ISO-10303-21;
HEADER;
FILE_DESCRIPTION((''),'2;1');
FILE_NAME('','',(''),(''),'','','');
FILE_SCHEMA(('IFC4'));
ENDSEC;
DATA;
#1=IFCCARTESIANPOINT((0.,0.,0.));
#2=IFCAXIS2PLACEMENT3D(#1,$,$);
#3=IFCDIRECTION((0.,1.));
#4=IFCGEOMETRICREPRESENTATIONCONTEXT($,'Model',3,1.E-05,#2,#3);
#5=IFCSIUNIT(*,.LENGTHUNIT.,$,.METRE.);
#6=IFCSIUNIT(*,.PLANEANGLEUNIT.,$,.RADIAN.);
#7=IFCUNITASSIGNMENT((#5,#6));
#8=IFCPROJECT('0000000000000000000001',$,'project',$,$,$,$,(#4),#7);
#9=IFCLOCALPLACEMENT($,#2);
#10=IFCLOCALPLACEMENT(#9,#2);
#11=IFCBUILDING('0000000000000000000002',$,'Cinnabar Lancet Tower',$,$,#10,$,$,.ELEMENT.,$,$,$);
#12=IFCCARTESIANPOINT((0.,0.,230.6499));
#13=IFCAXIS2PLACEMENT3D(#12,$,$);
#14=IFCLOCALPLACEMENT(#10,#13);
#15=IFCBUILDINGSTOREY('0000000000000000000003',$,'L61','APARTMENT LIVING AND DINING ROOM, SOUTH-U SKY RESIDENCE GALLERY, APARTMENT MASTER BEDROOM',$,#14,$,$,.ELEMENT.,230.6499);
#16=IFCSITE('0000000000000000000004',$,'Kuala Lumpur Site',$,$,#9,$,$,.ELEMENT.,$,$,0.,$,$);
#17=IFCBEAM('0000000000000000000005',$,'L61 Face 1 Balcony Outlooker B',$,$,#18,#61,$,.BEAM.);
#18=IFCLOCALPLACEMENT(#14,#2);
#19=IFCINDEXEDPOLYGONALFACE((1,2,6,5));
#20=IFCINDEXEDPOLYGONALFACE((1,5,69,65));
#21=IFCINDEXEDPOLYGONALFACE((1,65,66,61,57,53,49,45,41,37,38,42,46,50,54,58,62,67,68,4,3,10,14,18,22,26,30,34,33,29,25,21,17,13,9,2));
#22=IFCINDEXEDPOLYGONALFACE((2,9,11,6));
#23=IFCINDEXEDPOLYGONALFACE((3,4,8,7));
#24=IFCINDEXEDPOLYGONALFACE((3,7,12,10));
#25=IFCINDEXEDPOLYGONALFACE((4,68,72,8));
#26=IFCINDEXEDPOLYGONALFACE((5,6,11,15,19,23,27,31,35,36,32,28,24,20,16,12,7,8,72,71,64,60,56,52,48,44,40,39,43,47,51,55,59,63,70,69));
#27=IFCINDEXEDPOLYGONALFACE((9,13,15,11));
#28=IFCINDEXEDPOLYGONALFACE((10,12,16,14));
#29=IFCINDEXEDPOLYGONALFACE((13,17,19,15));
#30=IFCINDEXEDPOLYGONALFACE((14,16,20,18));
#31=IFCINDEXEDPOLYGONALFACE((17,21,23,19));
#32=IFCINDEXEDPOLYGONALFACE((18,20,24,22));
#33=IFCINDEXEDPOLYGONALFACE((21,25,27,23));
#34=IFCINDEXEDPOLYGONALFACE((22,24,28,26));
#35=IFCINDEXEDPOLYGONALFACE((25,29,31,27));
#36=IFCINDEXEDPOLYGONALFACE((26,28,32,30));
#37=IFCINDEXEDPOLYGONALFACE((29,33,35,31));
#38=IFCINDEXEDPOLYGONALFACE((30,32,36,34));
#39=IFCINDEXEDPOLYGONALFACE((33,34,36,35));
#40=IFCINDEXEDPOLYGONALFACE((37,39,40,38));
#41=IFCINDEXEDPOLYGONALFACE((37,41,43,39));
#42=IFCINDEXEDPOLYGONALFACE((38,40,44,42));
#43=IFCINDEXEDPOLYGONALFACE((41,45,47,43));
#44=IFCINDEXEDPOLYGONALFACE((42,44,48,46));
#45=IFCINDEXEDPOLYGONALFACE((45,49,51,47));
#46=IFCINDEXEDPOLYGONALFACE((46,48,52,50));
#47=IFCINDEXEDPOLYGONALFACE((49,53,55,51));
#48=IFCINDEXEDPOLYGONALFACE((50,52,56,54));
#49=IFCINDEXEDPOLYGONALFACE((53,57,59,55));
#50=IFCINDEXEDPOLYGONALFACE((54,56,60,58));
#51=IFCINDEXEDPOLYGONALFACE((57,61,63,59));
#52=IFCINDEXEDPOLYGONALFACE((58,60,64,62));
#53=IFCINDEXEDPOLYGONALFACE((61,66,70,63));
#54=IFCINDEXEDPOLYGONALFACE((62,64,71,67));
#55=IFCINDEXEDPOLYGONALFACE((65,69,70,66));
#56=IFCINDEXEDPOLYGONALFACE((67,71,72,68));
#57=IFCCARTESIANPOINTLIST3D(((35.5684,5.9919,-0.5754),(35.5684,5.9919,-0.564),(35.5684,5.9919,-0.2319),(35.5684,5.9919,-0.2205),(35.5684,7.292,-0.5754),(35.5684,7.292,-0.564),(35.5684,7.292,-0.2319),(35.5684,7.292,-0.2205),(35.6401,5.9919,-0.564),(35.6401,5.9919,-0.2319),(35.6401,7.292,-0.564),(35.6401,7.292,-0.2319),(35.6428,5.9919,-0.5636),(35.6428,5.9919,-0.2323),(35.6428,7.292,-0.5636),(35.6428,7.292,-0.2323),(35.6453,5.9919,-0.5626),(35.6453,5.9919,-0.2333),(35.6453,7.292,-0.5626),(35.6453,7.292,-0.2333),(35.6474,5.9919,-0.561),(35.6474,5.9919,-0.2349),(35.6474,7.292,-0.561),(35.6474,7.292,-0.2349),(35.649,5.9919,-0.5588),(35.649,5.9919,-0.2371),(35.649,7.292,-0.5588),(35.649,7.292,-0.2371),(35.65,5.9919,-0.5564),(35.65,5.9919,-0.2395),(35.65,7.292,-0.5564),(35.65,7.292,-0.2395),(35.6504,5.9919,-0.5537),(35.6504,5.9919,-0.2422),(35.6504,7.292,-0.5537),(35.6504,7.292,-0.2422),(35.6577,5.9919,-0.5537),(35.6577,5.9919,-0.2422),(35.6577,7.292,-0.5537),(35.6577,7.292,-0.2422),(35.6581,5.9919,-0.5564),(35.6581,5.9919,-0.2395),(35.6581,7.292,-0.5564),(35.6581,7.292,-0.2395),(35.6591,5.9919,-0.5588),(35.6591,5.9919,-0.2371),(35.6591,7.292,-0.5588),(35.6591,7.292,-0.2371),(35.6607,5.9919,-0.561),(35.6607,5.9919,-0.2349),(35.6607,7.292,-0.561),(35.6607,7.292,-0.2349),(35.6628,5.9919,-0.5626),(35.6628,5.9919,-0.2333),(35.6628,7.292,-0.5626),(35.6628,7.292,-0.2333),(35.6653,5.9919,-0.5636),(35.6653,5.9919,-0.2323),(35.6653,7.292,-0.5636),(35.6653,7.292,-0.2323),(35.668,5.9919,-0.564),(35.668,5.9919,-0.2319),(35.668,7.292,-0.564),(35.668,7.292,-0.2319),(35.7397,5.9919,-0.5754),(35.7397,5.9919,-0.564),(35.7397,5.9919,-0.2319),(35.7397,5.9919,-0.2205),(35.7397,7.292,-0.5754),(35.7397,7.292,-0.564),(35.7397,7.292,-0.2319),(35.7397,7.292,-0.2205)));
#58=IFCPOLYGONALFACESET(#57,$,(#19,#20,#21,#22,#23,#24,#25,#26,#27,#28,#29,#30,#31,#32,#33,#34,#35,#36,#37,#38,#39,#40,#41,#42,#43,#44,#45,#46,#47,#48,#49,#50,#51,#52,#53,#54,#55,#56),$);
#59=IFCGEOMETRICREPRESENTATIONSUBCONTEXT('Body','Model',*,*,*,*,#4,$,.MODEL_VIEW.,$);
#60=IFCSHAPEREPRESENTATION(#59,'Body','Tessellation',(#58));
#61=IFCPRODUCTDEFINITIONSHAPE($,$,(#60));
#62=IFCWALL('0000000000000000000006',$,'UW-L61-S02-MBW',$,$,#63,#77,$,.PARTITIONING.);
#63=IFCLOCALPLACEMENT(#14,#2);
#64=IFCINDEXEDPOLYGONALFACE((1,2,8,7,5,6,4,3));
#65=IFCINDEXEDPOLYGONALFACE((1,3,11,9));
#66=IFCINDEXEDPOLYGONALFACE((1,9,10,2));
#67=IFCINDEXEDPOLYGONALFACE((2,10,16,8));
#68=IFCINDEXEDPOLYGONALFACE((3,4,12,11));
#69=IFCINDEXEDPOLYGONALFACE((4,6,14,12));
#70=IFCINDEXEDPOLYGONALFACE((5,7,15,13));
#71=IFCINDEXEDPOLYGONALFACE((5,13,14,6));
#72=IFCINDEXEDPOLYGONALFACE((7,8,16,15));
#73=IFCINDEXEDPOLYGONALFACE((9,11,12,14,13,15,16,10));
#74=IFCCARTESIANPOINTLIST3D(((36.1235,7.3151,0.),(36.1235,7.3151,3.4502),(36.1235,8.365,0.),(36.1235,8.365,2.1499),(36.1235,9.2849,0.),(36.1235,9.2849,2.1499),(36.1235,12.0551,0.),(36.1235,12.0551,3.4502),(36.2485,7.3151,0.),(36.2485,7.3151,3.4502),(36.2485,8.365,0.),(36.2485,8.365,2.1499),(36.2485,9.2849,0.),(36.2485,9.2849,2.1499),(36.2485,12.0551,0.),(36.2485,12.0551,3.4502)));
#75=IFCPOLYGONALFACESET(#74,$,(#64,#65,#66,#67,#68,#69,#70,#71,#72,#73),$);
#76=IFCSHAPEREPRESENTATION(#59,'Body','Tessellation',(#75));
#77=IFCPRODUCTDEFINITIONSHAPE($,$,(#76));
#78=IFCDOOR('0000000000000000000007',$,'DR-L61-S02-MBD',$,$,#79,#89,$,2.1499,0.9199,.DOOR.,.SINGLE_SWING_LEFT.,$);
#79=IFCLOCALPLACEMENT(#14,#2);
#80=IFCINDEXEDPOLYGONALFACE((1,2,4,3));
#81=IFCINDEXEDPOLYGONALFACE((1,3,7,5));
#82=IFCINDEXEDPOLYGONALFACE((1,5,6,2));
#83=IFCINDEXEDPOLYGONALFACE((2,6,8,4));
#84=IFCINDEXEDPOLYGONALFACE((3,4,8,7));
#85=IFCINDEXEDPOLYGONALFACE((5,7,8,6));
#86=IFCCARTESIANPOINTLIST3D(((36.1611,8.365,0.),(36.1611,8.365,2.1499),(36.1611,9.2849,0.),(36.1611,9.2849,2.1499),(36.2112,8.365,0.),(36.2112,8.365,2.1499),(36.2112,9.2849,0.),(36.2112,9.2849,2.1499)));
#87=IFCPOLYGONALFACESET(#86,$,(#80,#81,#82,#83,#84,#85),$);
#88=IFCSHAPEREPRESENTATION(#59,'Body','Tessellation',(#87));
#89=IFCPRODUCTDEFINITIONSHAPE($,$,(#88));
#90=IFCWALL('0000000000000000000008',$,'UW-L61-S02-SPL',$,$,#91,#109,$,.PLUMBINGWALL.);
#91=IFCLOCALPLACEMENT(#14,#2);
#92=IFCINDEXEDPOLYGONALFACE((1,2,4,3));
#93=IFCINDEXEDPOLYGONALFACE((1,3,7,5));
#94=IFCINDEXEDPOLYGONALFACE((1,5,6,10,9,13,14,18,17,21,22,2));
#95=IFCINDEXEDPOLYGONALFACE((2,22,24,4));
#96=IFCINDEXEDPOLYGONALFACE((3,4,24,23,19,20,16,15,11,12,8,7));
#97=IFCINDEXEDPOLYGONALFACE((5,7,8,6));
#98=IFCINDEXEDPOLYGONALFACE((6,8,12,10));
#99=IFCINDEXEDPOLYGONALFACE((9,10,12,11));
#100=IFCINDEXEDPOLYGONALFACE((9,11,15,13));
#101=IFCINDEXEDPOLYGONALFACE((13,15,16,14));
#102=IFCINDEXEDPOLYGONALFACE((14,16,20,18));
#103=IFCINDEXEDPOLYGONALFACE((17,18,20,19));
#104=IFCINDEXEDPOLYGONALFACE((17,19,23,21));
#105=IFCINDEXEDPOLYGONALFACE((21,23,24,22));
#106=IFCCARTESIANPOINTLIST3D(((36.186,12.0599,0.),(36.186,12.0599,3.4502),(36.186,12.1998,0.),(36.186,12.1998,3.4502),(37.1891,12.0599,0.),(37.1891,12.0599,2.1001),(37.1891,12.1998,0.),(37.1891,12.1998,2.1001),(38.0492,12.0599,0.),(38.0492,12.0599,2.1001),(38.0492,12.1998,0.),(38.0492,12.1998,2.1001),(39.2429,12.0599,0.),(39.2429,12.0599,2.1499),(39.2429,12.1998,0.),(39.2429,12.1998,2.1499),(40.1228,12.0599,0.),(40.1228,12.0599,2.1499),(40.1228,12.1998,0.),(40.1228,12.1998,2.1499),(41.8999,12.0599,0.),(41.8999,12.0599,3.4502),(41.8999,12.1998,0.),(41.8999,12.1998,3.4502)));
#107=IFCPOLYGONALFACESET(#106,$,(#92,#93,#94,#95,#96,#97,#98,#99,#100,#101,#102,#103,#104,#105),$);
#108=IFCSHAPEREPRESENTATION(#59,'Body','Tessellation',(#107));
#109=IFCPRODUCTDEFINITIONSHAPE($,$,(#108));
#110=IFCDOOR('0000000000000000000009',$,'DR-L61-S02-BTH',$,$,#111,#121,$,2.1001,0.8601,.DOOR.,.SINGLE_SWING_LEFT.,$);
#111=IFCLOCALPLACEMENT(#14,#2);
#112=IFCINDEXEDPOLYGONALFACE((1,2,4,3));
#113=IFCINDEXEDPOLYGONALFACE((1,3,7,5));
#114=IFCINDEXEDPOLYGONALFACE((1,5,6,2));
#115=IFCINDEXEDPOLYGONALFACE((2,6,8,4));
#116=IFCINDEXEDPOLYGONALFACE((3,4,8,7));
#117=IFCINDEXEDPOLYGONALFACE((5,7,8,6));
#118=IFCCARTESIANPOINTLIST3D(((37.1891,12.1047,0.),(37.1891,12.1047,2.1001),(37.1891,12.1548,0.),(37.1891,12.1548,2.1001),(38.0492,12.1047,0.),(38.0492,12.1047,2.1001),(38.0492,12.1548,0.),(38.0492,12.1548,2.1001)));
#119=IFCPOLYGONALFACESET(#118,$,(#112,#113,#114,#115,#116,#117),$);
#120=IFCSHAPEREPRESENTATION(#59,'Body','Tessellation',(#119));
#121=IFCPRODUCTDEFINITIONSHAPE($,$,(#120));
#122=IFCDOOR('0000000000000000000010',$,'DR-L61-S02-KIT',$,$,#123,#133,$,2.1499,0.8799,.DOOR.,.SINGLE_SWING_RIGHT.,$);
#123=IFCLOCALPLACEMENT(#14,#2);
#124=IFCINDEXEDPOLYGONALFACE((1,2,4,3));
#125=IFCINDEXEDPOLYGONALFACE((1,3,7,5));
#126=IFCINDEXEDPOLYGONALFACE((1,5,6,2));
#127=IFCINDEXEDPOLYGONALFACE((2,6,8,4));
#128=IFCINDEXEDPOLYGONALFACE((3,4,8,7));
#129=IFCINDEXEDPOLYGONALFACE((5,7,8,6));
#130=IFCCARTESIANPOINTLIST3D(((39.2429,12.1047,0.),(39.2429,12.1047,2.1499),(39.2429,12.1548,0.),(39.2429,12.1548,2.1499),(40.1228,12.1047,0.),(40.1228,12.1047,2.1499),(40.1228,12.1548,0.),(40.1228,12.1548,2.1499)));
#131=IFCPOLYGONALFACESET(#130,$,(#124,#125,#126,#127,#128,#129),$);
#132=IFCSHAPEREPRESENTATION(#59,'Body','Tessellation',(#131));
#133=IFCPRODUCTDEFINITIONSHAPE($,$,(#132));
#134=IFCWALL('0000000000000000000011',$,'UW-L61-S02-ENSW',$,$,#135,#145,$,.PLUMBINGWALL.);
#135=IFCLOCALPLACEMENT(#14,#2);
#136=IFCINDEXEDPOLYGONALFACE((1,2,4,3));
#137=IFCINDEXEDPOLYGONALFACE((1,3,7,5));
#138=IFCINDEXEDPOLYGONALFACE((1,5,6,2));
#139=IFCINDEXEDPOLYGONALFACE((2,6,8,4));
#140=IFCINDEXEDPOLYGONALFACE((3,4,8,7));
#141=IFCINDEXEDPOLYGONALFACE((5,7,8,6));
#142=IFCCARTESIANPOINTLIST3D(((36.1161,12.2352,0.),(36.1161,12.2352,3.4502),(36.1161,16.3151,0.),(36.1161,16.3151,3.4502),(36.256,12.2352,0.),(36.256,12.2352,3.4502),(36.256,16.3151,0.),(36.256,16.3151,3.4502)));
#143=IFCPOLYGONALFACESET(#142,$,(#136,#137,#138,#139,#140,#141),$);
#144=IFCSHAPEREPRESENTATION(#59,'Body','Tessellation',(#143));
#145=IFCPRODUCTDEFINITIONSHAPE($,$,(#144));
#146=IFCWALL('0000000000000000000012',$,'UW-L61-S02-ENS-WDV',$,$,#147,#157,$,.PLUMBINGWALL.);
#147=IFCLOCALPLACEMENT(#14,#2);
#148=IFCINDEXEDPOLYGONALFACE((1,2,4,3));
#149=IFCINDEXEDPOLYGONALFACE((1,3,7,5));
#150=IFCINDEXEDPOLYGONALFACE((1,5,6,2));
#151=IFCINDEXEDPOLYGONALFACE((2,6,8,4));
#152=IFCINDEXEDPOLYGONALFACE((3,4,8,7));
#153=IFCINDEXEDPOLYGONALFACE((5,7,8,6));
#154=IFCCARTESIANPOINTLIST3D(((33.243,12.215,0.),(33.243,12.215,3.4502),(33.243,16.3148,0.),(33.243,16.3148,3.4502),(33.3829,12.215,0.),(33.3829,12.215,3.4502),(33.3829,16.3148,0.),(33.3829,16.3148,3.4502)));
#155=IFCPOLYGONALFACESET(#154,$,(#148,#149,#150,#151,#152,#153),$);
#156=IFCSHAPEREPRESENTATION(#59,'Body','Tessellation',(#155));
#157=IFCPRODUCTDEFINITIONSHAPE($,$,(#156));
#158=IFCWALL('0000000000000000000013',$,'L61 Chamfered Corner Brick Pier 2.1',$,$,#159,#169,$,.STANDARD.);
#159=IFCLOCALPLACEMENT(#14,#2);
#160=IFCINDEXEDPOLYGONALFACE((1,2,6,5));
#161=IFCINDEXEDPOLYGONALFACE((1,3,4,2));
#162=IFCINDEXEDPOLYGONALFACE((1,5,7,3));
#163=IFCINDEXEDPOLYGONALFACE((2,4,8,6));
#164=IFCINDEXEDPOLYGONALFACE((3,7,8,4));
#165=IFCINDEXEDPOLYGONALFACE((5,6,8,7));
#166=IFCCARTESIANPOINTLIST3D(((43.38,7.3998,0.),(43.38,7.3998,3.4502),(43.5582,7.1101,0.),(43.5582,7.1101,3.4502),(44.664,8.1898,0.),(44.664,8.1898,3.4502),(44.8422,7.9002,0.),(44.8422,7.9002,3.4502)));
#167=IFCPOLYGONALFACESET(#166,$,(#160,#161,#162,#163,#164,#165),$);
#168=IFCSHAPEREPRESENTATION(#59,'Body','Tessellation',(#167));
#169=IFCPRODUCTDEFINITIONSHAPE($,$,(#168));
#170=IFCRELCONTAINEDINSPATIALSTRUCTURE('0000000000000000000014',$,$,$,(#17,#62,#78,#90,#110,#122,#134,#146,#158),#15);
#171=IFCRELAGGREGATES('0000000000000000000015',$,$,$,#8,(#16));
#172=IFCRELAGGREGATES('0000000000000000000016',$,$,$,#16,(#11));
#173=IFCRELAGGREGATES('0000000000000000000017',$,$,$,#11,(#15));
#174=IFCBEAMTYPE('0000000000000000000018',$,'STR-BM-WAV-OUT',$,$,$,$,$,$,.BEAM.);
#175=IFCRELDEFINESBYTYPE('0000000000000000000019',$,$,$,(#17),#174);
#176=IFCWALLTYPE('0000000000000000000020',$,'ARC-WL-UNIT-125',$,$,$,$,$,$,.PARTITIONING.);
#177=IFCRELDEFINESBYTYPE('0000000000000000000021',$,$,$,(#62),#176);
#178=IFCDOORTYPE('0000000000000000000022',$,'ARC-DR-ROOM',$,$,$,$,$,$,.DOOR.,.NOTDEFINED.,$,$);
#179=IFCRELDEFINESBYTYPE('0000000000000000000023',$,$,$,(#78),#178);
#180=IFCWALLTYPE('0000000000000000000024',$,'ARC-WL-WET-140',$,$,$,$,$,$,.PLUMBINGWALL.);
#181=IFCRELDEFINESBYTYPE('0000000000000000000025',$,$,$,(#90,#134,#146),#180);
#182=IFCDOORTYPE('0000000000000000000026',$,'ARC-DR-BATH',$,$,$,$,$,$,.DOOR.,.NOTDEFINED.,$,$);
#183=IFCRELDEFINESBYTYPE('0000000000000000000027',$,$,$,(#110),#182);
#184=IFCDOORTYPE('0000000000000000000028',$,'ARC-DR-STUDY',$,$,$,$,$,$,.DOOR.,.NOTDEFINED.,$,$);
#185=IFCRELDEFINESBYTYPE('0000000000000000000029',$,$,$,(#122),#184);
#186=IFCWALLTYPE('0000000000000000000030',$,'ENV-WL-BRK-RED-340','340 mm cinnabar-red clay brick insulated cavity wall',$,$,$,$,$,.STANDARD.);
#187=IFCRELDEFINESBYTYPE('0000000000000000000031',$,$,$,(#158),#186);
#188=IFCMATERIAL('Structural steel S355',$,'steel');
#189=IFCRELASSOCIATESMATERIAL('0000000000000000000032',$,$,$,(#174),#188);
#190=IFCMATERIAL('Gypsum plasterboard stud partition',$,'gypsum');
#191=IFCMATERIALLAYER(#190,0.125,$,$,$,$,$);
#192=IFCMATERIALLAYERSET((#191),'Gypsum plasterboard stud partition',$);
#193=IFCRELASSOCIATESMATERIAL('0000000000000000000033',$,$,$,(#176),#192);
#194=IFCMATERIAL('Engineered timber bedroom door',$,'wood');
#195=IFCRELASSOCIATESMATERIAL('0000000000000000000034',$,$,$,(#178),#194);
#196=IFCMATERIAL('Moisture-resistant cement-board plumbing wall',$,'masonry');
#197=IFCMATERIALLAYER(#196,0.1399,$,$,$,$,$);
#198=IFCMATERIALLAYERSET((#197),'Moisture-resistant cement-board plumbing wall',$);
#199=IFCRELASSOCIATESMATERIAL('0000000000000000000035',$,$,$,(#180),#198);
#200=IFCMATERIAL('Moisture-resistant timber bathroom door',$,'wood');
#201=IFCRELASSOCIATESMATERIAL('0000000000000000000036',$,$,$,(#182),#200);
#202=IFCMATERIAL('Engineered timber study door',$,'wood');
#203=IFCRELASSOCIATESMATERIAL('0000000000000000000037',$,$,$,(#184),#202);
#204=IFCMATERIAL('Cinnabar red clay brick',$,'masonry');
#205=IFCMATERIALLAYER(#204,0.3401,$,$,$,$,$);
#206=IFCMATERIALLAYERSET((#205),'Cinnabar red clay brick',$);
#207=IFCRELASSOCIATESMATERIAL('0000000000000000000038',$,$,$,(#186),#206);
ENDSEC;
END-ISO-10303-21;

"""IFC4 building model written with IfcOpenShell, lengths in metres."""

from ifc_helpers import new_model, si_unit, direction, frame, frame_2d, origin, origin_2d, place, context, subcontext, project, spatial, rectangle, i_section, extrude, material, layer, layer_set, material_profile, profile_set, type_object, element, fill, save


model = new_model("IFC4")

# Units and contexts
model_context = context("Model", 3, precision=1e-05, world=origin(), true_north=direction((0.0, 1.0)))
body_context = subcontext(model_context, "Body", "Model", "MODEL_VIEW")
ifc_project = project(units=[si_unit("LENGTHUNIT", "METRE"), si_unit("PLANEANGLEUNIT", "RADIAN")], contexts=[model_context])

# Site, building, storey
site_placement = place(None, origin())
site = spatial("IfcSite", under=ifc_project, at=site_placement, Name="Kuala Lumpur Site", CompositionType="ELEMENT", RefElevation=0.0)
building_placement = place(site_placement, origin())
building = spatial("IfcBuilding", under=site, at=building_placement, Name="Cinnabar Lancet Tower", CompositionType="ELEMENT")
storey_placement = place(building_placement, frame((0.0, 0.0, 230.6499)))
storey = spatial("IfcBuildingStorey", under=building, at=storey_placement, Name="L61", Description="APARTMENT LIVING AND DINING ROOM, SOUTH-U SKY RESIDENCE GALLERY, APARTMENT MASTER BEDROOM", CompositionType="ELEMENT", Elevation=230.6499)

# Beam
ifc_material_1 = material(Name="Structural steel S355", Category="steel")
ifc_material_profile_1 = material_profile(ifc_material_1, i_section(OverallWidth=0.1714, OverallDepth=0.355, WebThickness=0.0073, FlangeThickness=0.0115, FilletRadius=0.0103, at=origin_2d()), Name="UKB 356x171x51")
ifc_profile_set_1 = profile_set([ifc_material_profile_1], Name="Structural steel S355")
beam_type_1 = type_object("IfcBeamType", Name="STR-BM-WAV-OUT", PredefinedType="BEAM", material=ifc_profile_set_1)
beam_1_placement = place(storey_placement, frame((35.6541, 7.292, -0.3979), z_axis=(0.0, -1.0, 0.0), x_axis=(1.0, 0.0, 0.0)))
element("IfcBeam", 1, at=beam_1_placement, inside=storey, type_object=beam_type_1, Name="L61 Face 1 Balcony Outlooker B", PredefinedType="BEAM", context=body_context, shape_type="SweptSolid", body=[
    extrude(i_section(OverallWidth=0.1714, OverallDepth=0.355, WebThickness=0.0073, FlangeThickness=0.0115, FilletRadius=0.0103, at=origin_2d()), origin(), (0.0, 0.0, 1.0), 1.3),
])

# Wall, opening, door
ifc_material_2 = material(Name="Gypsum plasterboard stud partition", Category="gypsum")
ifc_layer_1 = layer(ifc_material_2, 0.125)
ifc_layer_set_1 = layer_set([ifc_layer_1], Name="Gypsum plasterboard stud partition")
wall_type_1 = type_object("IfcWallType", Name="ARC-WL-UNIT-125", PredefinedType="PARTITIONING", material=ifc_layer_set_1)
wall_1_placement = place(storey_placement, frame((36.186, 7.3149, 0.0), z_axis=(0.0, 0.0, 1.0), x_axis=(0.0, 1.0, 0.0)))
wall_1 = element("IfcWall", 2, at=wall_1_placement, inside=storey, type_object=wall_type_1, Name="UW-L61-S02-MBW", PredefinedType="PARTITIONING", context=body_context, shape_type="SweptSolid", body=[
    extrude(rectangle(XDim=4.74, YDim=0.125, at=frame_2d((2.3701, 0.0))), origin(), (0.0, 0.0, 1.0), 3.4502),
])
opening_1_placement = place(wall_1_placement, frame((1.05, 0.0, 0.0)))
opening_1 = element("IfcOpeningElement", 3, at=opening_1_placement, cuts=wall_1, PredefinedType="OPENING", context=body_context, shape_type="SweptSolid", body=[
    extrude(rectangle(XDim=0.9199, YDim=2.1499, at=frame_2d((0.46, 1.075))), frame((0.0, 0.0725, 0.0), z_axis=(0.0, -1.0, 0.0), x_axis=(1.0, 0.0, 0.0)), (0.0, 0.0, 1.0), 0.145),
])
ifc_material_3 = material(Name="Engineered timber bedroom door", Category="wood")
door_type_1 = type_object("IfcDoorType", Name="ARC-DR-ROOM", OperationType="NOTDEFINED", PredefinedType="DOOR", material=ifc_material_3)
door_1_placement = place(opening_1_placement, origin())
door_1 = element("IfcDoor", 4, at=door_1_placement, inside=storey, type_object=door_type_1, Name="DR-L61-S02-MBD", OperationType="SINGLE_SWING_LEFT", OverallHeight=2.1499, OverallWidth=0.9199, PredefinedType="DOOR", context=body_context, shape_type="SweptSolid", body=[
    extrude(rectangle(XDim=0.9199, YDim=2.1499, at=frame_2d((0.46, 1.075))), frame((0.0, 0.0249, 0.0), z_axis=(0.0, -1.0, 0.0), x_axis=(1.0, 0.0, 0.0)), (0.0, 0.0, 1.0), 0.05),
])
fill(opening_1, door_1)

# Wall, openings, doors
ifc_material_4 = material(Name="Moisture-resistant cement-board plumbing wall", Category="masonry")
ifc_layer_2 = layer(ifc_material_4, 0.1399)
ifc_layer_set_2 = layer_set([ifc_layer_2], Name="Moisture-resistant cement-board plumbing wall")
wall_type_2 = type_object("IfcWallType", Name="ARC-WL-WET-140", PredefinedType="PLUMBINGWALL", material=ifc_layer_set_2)
wall_2_placement = place(storey_placement, frame((36.186, 12.1299, 0.0), z_axis=(0.0, 0.0, 1.0), x_axis=(1.0, 0.0, 0.0)))
wall_2 = element("IfcWall", 5, at=wall_2_placement, inside=storey, type_object=wall_type_2, Name="UW-L61-S02-SPL", PredefinedType="PLUMBINGWALL", context=body_context, shape_type="SweptSolid", body=[
    extrude(rectangle(XDim=5.7139, YDim=0.1399, at=frame_2d((2.8569, 0.0))), origin(), (0.0, 0.0, 1.0), 3.4502),
])
opening_2_placement = place(wall_2_placement, frame((1.0029, 0.0, 0.0)))
opening_2 = element("IfcOpeningElement", 6, at=opening_2_placement, cuts=wall_2, PredefinedType="OPENING", context=body_context, shape_type="SweptSolid", body=[
    extrude(rectangle(XDim=0.8601, YDim=2.1001, at=frame_2d((0.4302, 1.05))), frame((0.0, 0.0798, 0.0), z_axis=(0.0, -1.0, 0.0), x_axis=(1.0, 0.0, 0.0)), (0.0, 0.0, 1.0), 0.1599),
])
opening_3_placement = place(wall_2_placement, frame((3.0569, 0.0, 0.0)))
opening_3 = element("IfcOpeningElement", 7, at=opening_3_placement, cuts=wall_2, PredefinedType="OPENING", context=body_context, shape_type="SweptSolid", body=[
    extrude(rectangle(XDim=0.8799, YDim=2.1499, at=frame_2d((0.4399, 1.075))), frame((0.0, 0.0798, 0.0), z_axis=(0.0, -1.0, 0.0), x_axis=(1.0, 0.0, 0.0)), (0.0, 0.0, 1.0), 0.1599),
])
ifc_material_5 = material(Name="Moisture-resistant timber bathroom door", Category="wood")
door_type_2 = type_object("IfcDoorType", Name="ARC-DR-BATH", OperationType="NOTDEFINED", PredefinedType="DOOR", material=ifc_material_5)
door_2_placement = place(opening_2_placement, origin())
door_2 = element("IfcDoor", 8, at=door_2_placement, inside=storey, type_object=door_type_2, Name="DR-L61-S02-BTH", OperationType="SINGLE_SWING_LEFT", OverallHeight=2.1001, OverallWidth=0.8601, PredefinedType="DOOR", context=body_context, shape_type="SweptSolid", body=[
    extrude(rectangle(XDim=0.8601, YDim=2.1001, at=frame_2d((0.4302, 1.05))), frame((0.0, 0.0249, 0.0), z_axis=(0.0, -1.0, 0.0), x_axis=(1.0, 0.0, 0.0)), (0.0, 0.0, 1.0), 0.05),
])
fill(opening_2, door_2)
ifc_material_6 = material(Name="Engineered timber study door", Category="wood")
door_type_3 = type_object("IfcDoorType", Name="ARC-DR-STUDY", OperationType="NOTDEFINED", PredefinedType="DOOR", material=ifc_material_6)
door_3_placement = place(opening_3_placement, origin())
door_3 = element("IfcDoor", 9, at=door_3_placement, inside=storey, type_object=door_type_3, Name="DR-L61-S02-KIT", OperationType="SINGLE_SWING_RIGHT", OverallHeight=2.1499, OverallWidth=0.8799, PredefinedType="DOOR", context=body_context, shape_type="SweptSolid", body=[
    extrude(rectangle(XDim=0.8799, YDim=2.1499, at=frame_2d((0.4399, 1.075))), frame((0.0, 0.0249, 0.0), z_axis=(0.0, -1.0, 0.0), x_axis=(1.0, 0.0, 0.0)), (0.0, 0.0, 1.0), 0.05),
])
fill(opening_3, door_3)

# Walls
wall_3_placement = place(storey_placement, frame((36.186, 12.2351, 0.0), z_axis=(0.0, 0.0, 1.0), x_axis=(0.0, 1.0, 0.0)))
element("IfcWall", 10, at=wall_3_placement, inside=storey, type_object=wall_type_2, Name="UW-L61-S02-ENSW", PredefinedType="PLUMBINGWALL", context=body_context, shape_type="SweptSolid", body=[
    extrude(rectangle(XDim=4.0798, YDim=0.1399, at=frame_2d((2.04, 0.0))), origin(), (0.0, 0.0, 1.0), 3.4502),
])
wall_4_placement = place(storey_placement, frame((33.313, 12.2151, 0.0), z_axis=(0.0, 0.0, 1.0), x_axis=(0.0, 1.0, 0.0)))
element("IfcWall", 11, at=wall_4_placement, inside=storey, type_object=wall_type_2, Name="UW-L61-S02-ENS-WDV", PredefinedType="PLUMBINGWALL", context=body_context, shape_type="SweptSolid", body=[
    extrude(rectangle(XDim=4.0999, YDim=0.1399, at=frame_2d((2.0498, 0.0))), origin(), (0.0, 0.0, 1.0), 3.4502),
])
ifc_material_7 = material(Name="Cinnabar red clay brick", Category="masonry")
ifc_layer_3 = layer(ifc_material_7, 0.3401)
ifc_layer_set_3 = layer_set([ifc_layer_3], Name="Cinnabar red clay brick")
wall_type_3 = type_object("IfcWallType", Name="ENV-WL-BRK-RED-340", Description="340 mm cinnabar-red clay brick insulated cavity wall", PredefinedType="STANDARD", material=ifc_layer_set_3)
wall_5_placement = place(storey_placement, frame((43.469, 7.2549, 0.0), z_axis=(0.0, 0.0, 1.0), x_axis=(0.851681, 0.524061, 0.0)))
element("IfcWall", 12, at=wall_5_placement, inside=storey, type_object=wall_type_3, Name="L61 Chamfered Corner Brick Pier 2.1", PredefinedType="STANDARD", context=body_context, shape_type="SweptSolid", body=[
    extrude(rectangle(XDim=1.5076, YDim=0.3401, at=frame_2d((0.7539, 0.0))), origin(), (0.0, 0.0, 1.0), 3.4502),
])

save(model, "model.ifc")
